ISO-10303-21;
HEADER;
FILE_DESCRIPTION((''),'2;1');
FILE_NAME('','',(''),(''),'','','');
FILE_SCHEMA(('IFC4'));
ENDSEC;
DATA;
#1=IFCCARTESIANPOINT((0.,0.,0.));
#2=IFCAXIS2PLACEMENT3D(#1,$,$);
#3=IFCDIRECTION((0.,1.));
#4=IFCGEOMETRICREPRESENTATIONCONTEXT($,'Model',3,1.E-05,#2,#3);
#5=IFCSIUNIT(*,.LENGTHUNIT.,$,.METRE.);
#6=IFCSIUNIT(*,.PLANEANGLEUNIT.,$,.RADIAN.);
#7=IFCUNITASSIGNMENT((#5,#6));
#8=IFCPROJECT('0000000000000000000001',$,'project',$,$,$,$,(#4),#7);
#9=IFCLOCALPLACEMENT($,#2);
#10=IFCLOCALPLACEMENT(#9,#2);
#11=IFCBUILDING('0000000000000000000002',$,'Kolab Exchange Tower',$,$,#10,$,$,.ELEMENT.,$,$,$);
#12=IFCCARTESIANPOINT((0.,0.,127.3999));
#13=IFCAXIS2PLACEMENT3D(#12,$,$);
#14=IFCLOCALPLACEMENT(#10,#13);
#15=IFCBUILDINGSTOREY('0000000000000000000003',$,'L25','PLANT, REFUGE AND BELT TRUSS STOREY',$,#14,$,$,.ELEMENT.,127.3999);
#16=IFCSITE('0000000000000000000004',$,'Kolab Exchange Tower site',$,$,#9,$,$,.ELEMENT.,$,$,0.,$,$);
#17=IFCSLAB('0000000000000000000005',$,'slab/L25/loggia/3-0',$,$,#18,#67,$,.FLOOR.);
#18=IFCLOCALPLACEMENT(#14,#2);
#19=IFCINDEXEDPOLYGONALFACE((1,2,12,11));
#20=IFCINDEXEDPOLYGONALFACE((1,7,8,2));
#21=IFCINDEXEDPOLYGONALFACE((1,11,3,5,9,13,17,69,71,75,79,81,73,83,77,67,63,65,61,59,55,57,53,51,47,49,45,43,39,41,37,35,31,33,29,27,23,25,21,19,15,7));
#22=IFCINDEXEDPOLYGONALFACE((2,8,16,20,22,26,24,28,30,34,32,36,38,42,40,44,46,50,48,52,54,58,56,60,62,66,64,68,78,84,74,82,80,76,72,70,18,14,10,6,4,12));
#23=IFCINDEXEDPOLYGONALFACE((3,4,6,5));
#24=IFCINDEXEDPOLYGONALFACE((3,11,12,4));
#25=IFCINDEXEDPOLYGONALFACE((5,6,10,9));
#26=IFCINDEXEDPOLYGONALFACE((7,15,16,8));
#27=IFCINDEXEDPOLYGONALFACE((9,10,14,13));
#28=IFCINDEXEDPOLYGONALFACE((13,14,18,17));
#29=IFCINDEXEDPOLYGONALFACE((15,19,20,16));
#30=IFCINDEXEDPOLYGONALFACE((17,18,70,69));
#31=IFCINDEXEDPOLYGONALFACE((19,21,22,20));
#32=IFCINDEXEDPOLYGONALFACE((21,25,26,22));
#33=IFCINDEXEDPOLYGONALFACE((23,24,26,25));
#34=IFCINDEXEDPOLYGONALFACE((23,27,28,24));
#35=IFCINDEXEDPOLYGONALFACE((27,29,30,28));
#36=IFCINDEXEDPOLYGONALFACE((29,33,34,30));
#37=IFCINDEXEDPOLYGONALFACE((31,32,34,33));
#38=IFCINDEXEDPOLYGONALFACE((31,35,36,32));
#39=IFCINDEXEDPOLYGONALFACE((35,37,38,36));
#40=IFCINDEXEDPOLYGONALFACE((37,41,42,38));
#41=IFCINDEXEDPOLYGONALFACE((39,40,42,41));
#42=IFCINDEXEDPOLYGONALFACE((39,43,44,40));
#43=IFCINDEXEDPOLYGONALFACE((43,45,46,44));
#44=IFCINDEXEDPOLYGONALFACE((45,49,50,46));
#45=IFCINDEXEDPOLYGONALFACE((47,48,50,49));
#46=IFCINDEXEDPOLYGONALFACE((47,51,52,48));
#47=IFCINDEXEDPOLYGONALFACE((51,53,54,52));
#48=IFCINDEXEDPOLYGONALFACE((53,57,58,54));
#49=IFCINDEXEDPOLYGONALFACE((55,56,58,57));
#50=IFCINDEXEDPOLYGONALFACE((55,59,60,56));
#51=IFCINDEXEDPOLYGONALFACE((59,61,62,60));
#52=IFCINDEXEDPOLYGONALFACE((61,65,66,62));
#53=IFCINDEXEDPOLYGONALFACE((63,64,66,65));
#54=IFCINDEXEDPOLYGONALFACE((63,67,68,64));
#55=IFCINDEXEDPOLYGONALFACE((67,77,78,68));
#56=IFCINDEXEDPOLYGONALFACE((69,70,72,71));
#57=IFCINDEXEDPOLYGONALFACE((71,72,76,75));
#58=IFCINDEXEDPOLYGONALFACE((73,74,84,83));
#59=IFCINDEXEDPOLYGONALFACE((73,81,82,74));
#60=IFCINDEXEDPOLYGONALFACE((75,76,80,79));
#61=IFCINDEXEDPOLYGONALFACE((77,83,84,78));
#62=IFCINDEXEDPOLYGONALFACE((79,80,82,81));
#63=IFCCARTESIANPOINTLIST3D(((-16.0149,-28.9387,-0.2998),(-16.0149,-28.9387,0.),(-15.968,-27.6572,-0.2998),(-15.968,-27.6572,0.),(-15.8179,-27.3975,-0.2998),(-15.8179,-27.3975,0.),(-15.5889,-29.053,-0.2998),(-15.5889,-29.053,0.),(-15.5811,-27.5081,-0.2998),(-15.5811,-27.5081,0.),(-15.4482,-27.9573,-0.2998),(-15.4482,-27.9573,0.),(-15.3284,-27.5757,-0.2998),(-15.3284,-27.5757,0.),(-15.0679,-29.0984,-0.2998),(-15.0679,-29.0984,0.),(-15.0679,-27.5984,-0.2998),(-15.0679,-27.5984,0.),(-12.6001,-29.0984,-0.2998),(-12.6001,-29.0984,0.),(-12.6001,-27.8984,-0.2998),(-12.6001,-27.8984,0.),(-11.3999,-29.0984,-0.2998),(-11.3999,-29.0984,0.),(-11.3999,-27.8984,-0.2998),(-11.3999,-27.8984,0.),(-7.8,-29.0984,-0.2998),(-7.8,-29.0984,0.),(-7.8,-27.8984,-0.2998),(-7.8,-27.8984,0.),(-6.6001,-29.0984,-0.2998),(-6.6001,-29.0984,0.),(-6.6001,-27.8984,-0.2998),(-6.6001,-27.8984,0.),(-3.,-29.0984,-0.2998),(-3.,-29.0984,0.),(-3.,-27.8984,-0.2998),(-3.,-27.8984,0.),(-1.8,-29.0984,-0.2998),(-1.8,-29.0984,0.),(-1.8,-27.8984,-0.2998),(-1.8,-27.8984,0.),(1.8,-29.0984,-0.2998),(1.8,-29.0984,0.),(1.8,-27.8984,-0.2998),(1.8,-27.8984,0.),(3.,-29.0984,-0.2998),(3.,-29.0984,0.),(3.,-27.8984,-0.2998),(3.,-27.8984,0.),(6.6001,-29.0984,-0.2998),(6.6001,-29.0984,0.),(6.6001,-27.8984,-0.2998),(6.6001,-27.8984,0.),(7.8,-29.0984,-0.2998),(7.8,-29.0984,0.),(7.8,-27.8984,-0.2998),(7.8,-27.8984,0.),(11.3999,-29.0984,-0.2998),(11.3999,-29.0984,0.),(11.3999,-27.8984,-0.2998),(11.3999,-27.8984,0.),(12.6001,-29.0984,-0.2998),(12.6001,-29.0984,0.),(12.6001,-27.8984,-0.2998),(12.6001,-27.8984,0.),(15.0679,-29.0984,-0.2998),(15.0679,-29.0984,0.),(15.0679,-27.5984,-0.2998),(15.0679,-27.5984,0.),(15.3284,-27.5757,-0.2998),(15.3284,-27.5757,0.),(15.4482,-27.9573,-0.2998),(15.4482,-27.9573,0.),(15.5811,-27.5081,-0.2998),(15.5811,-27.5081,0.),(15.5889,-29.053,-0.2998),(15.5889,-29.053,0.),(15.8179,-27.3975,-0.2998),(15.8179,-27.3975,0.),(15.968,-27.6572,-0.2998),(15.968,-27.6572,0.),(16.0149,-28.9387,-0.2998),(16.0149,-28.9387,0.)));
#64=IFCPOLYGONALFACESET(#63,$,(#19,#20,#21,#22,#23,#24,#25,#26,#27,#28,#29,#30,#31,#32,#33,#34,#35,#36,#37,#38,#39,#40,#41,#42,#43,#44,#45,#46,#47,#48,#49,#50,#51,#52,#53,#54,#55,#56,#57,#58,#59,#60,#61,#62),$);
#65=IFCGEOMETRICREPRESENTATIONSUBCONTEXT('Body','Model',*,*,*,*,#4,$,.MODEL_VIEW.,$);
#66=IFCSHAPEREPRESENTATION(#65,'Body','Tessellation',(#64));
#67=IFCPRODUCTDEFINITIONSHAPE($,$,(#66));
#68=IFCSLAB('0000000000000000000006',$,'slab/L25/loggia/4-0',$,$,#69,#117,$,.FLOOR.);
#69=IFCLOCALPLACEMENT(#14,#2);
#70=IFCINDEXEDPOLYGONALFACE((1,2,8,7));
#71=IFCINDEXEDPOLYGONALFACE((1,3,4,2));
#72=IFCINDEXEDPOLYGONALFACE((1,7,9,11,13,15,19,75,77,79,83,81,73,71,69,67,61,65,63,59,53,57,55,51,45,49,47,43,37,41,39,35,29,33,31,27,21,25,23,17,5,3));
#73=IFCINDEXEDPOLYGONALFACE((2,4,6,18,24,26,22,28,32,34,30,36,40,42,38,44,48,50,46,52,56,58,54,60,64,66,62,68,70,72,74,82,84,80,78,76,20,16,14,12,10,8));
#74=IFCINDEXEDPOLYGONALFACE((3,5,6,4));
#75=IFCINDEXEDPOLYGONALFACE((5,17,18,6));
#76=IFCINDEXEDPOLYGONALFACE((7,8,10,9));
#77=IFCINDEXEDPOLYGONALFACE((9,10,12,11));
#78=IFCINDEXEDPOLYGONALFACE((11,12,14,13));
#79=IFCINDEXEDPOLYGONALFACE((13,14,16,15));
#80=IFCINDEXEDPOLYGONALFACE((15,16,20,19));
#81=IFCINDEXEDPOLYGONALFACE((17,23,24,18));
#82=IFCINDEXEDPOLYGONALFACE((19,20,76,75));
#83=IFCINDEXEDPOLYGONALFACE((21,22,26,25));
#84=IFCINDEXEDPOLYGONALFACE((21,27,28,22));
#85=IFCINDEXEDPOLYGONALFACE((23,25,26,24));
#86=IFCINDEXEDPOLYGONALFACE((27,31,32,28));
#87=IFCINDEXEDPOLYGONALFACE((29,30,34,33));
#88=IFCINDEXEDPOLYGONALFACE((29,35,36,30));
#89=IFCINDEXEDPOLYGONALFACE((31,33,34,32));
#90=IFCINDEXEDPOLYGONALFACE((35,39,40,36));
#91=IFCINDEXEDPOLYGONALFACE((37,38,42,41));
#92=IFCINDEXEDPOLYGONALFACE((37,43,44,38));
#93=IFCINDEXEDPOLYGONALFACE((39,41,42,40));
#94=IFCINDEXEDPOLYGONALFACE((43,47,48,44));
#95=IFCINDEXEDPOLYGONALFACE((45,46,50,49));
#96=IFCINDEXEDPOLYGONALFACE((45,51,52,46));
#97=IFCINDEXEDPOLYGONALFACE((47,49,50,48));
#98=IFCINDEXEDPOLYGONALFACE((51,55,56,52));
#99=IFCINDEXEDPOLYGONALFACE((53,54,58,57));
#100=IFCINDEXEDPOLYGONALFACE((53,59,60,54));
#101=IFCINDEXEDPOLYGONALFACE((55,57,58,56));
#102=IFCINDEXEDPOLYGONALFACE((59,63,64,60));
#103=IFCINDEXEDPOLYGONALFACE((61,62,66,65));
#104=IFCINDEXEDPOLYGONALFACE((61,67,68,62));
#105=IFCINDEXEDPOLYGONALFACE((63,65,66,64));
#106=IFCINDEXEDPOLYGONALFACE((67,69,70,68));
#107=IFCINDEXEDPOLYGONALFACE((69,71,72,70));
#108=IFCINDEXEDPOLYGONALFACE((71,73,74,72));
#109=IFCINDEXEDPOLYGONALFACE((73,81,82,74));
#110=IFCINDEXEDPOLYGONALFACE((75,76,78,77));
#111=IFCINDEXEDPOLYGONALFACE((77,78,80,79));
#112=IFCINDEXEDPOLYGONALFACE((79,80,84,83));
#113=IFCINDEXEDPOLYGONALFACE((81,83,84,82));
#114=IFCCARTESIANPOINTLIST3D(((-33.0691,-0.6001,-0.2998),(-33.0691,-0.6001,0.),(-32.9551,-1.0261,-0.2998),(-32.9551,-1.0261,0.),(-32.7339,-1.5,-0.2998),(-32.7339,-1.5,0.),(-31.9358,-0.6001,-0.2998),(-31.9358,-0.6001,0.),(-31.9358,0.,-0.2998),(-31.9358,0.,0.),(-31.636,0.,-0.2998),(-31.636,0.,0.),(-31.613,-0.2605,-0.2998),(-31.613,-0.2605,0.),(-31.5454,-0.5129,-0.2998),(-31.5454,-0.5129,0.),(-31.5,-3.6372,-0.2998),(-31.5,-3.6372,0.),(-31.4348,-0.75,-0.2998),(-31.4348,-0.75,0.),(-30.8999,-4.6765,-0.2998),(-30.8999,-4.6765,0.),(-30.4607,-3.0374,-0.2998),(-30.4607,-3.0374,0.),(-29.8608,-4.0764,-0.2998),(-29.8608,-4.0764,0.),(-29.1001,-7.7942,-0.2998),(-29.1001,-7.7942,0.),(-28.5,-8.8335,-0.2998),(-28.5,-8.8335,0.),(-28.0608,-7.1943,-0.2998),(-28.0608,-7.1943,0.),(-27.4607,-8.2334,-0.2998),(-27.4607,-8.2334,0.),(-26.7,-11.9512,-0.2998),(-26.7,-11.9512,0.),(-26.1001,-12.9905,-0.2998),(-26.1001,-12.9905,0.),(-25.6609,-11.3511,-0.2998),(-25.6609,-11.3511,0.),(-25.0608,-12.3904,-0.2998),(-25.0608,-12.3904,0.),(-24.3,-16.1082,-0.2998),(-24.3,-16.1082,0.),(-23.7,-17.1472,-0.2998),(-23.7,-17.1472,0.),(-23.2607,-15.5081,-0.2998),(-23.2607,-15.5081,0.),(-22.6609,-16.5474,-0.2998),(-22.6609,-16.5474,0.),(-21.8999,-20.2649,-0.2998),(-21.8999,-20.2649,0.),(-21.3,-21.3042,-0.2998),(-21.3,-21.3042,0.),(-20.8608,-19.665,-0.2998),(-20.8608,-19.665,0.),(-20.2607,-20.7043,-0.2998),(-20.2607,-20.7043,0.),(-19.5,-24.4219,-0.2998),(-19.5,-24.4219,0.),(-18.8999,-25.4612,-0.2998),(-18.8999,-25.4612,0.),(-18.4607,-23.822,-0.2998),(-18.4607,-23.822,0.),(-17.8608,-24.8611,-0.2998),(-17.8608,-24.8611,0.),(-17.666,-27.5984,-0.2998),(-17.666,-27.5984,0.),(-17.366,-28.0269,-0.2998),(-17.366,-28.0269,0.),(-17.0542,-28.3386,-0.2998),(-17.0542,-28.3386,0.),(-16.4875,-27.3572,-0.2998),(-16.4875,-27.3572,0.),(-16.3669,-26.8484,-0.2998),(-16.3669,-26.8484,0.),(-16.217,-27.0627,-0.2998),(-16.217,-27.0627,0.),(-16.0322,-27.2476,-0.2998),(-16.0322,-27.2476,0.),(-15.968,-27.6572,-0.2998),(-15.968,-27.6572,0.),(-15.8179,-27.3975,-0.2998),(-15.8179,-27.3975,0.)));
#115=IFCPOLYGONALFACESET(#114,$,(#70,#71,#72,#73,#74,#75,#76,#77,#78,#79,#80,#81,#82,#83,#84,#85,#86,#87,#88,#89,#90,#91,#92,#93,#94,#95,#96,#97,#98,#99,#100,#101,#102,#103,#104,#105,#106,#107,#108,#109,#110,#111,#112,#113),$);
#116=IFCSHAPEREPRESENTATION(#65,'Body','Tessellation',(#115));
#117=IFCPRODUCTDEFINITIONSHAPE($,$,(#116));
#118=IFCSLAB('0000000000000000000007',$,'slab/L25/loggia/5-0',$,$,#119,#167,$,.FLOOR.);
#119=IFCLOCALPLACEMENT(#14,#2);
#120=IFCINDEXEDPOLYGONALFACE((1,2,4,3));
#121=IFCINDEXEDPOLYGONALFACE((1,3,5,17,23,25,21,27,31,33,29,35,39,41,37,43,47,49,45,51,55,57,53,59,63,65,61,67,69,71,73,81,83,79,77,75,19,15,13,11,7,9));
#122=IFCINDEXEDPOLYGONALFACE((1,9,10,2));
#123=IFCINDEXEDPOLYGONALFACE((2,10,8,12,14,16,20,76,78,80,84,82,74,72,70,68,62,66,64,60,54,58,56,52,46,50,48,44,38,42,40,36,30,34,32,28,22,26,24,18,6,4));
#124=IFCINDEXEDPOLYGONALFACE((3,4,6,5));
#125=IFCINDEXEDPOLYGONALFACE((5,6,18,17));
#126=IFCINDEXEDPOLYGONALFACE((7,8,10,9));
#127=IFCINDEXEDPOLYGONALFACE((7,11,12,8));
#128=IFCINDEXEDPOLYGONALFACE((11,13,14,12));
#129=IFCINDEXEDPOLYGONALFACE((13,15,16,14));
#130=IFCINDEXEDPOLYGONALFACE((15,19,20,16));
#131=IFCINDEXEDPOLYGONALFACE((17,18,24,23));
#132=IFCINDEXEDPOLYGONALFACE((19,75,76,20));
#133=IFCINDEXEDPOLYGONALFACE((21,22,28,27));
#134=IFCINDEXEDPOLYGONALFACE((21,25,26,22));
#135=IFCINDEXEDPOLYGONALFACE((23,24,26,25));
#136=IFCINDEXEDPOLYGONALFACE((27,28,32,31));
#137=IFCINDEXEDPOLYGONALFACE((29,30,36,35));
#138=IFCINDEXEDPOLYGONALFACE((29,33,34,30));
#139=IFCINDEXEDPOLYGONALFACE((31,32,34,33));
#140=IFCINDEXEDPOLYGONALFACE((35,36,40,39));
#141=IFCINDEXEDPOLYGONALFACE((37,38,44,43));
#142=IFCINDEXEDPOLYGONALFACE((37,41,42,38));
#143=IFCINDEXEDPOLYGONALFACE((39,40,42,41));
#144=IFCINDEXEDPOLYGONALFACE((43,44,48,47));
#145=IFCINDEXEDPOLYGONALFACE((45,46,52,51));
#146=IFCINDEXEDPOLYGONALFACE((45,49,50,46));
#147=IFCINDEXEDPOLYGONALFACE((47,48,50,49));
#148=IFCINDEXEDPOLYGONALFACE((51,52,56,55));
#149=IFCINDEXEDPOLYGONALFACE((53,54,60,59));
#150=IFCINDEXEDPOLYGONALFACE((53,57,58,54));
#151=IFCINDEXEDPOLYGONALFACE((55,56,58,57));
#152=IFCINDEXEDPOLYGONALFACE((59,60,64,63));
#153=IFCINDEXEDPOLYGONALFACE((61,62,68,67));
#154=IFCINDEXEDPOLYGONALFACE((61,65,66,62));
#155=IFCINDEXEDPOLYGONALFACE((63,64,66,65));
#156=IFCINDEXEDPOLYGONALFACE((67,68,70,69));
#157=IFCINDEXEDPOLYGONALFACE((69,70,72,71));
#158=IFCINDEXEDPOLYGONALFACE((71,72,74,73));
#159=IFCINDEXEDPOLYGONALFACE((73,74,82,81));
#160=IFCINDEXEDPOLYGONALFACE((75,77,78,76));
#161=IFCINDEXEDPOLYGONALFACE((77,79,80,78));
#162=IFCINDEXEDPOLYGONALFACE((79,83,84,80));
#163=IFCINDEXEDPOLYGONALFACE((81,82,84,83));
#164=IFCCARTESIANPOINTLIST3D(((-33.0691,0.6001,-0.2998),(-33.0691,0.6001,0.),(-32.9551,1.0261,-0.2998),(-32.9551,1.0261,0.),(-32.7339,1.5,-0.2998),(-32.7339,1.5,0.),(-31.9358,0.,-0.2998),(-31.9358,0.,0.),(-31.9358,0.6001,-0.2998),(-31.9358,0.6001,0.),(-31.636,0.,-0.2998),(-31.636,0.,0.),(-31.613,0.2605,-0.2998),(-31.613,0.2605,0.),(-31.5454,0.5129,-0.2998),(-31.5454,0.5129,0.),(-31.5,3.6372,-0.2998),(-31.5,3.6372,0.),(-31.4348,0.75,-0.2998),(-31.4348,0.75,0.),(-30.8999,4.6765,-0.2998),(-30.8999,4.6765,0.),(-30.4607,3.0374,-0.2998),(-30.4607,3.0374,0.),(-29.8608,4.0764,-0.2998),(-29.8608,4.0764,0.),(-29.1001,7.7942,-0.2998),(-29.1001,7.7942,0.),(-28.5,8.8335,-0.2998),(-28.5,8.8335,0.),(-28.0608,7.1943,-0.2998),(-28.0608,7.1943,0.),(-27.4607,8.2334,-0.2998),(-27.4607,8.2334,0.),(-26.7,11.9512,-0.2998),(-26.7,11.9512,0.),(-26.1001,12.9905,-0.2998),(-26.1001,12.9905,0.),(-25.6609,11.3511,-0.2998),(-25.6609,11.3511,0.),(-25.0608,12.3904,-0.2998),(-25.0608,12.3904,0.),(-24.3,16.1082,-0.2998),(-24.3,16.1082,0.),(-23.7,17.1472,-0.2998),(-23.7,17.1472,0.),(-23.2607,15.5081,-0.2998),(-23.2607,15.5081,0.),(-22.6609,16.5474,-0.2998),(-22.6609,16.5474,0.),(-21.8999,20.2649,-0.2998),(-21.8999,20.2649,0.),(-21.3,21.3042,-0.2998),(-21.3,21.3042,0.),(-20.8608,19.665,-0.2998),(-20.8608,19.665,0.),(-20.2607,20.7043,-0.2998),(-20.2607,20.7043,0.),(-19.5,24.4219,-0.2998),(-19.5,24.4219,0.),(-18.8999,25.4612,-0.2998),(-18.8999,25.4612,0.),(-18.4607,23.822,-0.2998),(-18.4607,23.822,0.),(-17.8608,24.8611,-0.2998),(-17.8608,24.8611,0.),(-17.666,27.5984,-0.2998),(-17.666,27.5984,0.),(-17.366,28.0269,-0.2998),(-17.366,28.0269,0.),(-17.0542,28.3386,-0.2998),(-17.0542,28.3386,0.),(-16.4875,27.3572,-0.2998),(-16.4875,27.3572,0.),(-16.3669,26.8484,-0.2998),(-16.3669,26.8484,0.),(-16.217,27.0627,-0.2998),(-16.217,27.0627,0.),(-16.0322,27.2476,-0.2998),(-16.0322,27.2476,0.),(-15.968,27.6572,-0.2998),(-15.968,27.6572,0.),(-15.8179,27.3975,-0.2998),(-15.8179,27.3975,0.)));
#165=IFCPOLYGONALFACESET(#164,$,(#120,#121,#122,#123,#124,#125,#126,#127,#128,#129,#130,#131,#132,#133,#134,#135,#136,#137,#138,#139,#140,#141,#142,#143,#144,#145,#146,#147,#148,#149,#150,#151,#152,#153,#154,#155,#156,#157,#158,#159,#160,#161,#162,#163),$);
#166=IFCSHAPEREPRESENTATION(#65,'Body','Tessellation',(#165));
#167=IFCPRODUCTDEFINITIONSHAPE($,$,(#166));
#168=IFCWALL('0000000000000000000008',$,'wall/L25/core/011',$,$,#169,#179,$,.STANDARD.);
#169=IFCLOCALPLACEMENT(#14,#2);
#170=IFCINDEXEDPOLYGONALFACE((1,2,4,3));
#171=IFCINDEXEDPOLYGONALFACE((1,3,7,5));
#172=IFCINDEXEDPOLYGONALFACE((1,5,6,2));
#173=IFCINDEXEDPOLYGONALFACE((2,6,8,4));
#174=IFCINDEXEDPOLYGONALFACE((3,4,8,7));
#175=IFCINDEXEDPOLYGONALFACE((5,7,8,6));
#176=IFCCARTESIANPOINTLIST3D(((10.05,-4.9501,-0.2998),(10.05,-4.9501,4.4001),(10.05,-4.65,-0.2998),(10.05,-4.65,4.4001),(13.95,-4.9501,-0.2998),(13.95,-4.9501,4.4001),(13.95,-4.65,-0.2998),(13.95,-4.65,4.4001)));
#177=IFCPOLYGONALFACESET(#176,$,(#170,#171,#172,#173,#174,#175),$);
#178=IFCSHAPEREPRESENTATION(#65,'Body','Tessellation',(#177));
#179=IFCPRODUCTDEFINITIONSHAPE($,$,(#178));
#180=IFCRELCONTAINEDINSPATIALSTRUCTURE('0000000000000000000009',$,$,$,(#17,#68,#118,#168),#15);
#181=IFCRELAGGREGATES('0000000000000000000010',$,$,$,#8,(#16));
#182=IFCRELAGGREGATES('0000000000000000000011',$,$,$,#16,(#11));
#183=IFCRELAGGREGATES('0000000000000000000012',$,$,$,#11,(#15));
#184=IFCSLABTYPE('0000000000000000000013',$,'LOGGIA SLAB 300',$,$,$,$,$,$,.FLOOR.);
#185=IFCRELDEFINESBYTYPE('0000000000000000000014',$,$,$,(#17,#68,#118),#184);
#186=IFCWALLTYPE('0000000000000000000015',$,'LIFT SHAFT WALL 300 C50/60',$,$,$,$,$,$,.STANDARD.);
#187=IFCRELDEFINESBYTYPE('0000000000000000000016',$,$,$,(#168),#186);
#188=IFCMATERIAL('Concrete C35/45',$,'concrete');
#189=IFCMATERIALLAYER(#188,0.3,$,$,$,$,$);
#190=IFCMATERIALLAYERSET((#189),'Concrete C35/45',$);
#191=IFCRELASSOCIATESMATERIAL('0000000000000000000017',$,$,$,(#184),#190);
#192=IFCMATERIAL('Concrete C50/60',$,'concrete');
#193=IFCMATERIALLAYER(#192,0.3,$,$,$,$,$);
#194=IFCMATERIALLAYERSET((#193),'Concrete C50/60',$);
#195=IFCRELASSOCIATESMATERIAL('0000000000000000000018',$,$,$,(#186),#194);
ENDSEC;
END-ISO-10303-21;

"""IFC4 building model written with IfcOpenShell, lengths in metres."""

from ifc_helpers import new_model, si_unit, direction, frame, frame_2d, origin, place, context, subcontext, project, spatial, polyline, rectangle, outline, extrude, material, layer, layer_set, type_object, element, save


model = new_model("IFC4")

# Units and contexts
model_context = context("Model", 3, precision=1e-05, world=origin(), true_north=direction((0.0, 1.0)))
body_context = subcontext(model_context, "Body", "Model", "MODEL_VIEW")
ifc_project = project(units=[si_unit("LENGTHUNIT", "METRE"), si_unit("PLANEANGLEUNIT", "RADIAN")], contexts=[model_context])

# Site, building, storey
site_placement = place(None, origin())
site = spatial("IfcSite", under=ifc_project, at=site_placement, Name="Kolab Exchange Tower site", CompositionType="ELEMENT", RefElevation=0.0)
building_placement = place(site_placement, origin())
building = spatial("IfcBuilding", under=site, at=building_placement, Name="Kolab Exchange Tower", CompositionType="ELEMENT")
storey_placement = place(building_placement, frame((0.0, 0.0, 127.3999)))
storey = spatial("IfcBuildingStorey", under=building, at=storey_placement, Name="L25", Description="PLANT, REFUGE AND BELT TRUSS STOREY", CompositionType="ELEMENT", Elevation=127.3999)

# Slabs
ifc_material_1 = material(Name="Concrete C35/45", Category="concrete")
ifc_layer_1 = layer(ifc_material_1, 0.3)
ifc_layer_set_1 = layer_set([ifc_layer_1], Name="Concrete C35/45")
slab_type_1 = type_object("IfcSlabType", Name="LOGGIA SLAB 300", PredefinedType="FLOOR", material=ifc_layer_set_1)
slab_1_placement = place(storey_placement, frame((0.0, 0.0, -0.2998)))
element("IfcSlab", 1, at=slab_1_placement, inside=storey, type_object=slab_type_1, Name="slab/L25/loggia/3-0", PredefinedType="FLOOR", context=body_context, shape_type="SweptSolid", body=[
    extrude(outline(polyline([(-15.8179, -27.3975), (-15.968, -27.6572), (-15.4482, -27.9573), (-16.0149, -28.9387), (-15.5889, -29.053), (-15.0679, -29.0984), (-12.6001, -29.0984), (-12.6001, -27.8984), (-11.3999, -27.8984), (-11.3999, -29.0984), (-7.8, -29.0984), (-7.8, -27.8984), (-6.6001, -27.8984), (-6.6001, -29.0984), (-3.0, -29.0984), (-3.0, -27.8984), (-1.8, -27.8984), (-1.8, -29.0984), (1.8, -29.0984), (1.8, -27.8984), (3.0, -27.8984), (3.0, -29.0984), (6.6001, -29.0984), (6.6001, -27.8984), (7.8, -27.8984), (7.8, -29.0984), (11.3999, -29.0984), (11.3999, -27.8984), (12.6001, -27.8984), (12.6001, -29.0984), (15.0679, -29.0984), (15.5889, -29.053), (16.0149, -28.9387), (15.4482, -27.9573), (15.968, -27.6572), (15.8179, -27.3975), (15.5811, -27.5081), (15.3284, -27.5757), (15.0679, -27.5984), (-15.0679, -27.5984), (-15.3284, -27.5757), (-15.5811, -27.5081), (-15.8179, -27.3975)])), origin(), (0.0, 0.0, 1.0), 0.2998),
])
slab_2_placement = place(storey_placement, frame((0.0, 0.0, -0.2998)))
element("IfcSlab", 2, at=slab_2_placement, inside=storey, type_object=slab_type_1, Name="slab/L25/loggia/4-0", PredefinedType="FLOOR", context=body_context, shape_type="SweptSolid", body=[
    extrude(outline(polyline([(-31.636, 0.0), (-31.9358, 0.0), (-31.9358, -0.6001), (-33.0691, -0.6001), (-32.9551, -1.0261), (-32.7339, -1.5), (-31.5, -3.6372), (-30.4607, -3.0374), (-29.8608, -4.0764), (-30.8999, -4.6765), (-29.1001, -7.7942), (-28.0608, -7.1943), (-27.4607, -8.2334), (-28.5, -8.8335), (-26.7, -11.9512), (-25.6609, -11.3511), (-25.0608, -12.3904), (-26.1001, -12.9905), (-24.3, -16.1082), (-23.2607, -15.5081), (-22.6609, -16.5474), (-23.7, -17.1472), (-21.8999, -20.2649), (-20.8608, -19.665), (-20.2607, -20.7043), (-21.3, -21.3042), (-19.5, -24.4219), (-18.4607, -23.822), (-17.8608, -24.8611), (-18.8999, -25.4612), (-17.666, -27.5984), (-17.366, -28.0269), (-17.0542, -28.3386), (-16.4875, -27.3572), (-15.968, -27.6572), (-15.8179, -27.3975), (-16.0322, -27.2476), (-16.217, -27.0627), (-16.3669, -26.8484), (-31.4348, -0.75), (-31.5454, -0.5129), (-31.613, -0.2605), (-31.636, 0.0)])), origin(), (0.0, 0.0, 1.0), 0.2998),
])
slab_3_placement = place(storey_placement, frame((0.0, 0.0, -0.2998)))
element("IfcSlab", 3, at=slab_3_placement, inside=storey, type_object=slab_type_1, Name="slab/L25/loggia/5-0", PredefinedType="FLOOR", context=body_context, shape_type="SweptSolid", body=[
    extrude(outline(polyline([(-15.8179, 27.3975), (-15.968, 27.6572), (-16.4875, 27.3572), (-17.0542, 28.3386), (-17.366, 28.0269), (-17.666, 27.5984), (-18.8999, 25.4612), (-17.8608, 24.8611), (-18.4607, 23.822), (-19.5, 24.4219), (-21.3, 21.3042), (-20.2607, 20.7043), (-20.8608, 19.665), (-21.8999, 20.2649), (-23.7, 17.1472), (-22.6609, 16.5474), (-23.2607, 15.5081), (-24.3, 16.1082), (-26.1001, 12.9905), (-25.0608, 12.3904), (-25.6609, 11.3511), (-26.7, 11.9512), (-28.5, 8.8335), (-27.4607, 8.2334), (-28.0608, 7.1943), (-29.1001, 7.7942), (-30.8999, 4.6765), (-29.8608, 4.0764), (-30.4607, 3.0374), (-31.5, 3.6372), (-32.7339, 1.5), (-32.9551, 1.0261), (-33.0691, 0.6001), (-31.9358, 0.6001), (-31.9358, 0.0), (-31.636, 0.0), (-31.613, 0.2605), (-31.5454, 0.5129), (-31.4348, 0.75), (-16.3669, 26.8484), (-16.217, 27.0627), (-16.0322, 27.2476), (-15.8179, 27.3975)])), origin(), (0.0, 0.0, 1.0), 0.2998),
])

# Wall
ifc_material_2 = material(Name="Concrete C50/60", Category="concrete")
ifc_layer_2 = layer(ifc_material_2, 0.3)
ifc_layer_set_2 = layer_set([ifc_layer_2], Name="Concrete C50/60")
wall_type_1 = type_object("IfcWallType", Name="LIFT SHAFT WALL 300 C50/60", PredefinedType="STANDARD", material=ifc_layer_set_2)
wall_1_placement = place(storey_placement, frame((10.05, -4.8, -0.2998), z_axis=(0.0, 0.0, 1.0), x_axis=(1.0, 0.0, 0.0)))
element("IfcWall", 4, at=wall_1_placement, inside=storey, type_object=wall_type_1, Name="wall/L25/core/011", PredefinedType="STANDARD", context=body_context, shape_type="SweptSolid", body=[
    extrude(rectangle(XDim=3.8999, YDim=0.3, at=frame_2d((1.95, 0.0))), origin(), (0.0, 0.0, 1.0), 4.7),
])

save(model, "model.ifc")
